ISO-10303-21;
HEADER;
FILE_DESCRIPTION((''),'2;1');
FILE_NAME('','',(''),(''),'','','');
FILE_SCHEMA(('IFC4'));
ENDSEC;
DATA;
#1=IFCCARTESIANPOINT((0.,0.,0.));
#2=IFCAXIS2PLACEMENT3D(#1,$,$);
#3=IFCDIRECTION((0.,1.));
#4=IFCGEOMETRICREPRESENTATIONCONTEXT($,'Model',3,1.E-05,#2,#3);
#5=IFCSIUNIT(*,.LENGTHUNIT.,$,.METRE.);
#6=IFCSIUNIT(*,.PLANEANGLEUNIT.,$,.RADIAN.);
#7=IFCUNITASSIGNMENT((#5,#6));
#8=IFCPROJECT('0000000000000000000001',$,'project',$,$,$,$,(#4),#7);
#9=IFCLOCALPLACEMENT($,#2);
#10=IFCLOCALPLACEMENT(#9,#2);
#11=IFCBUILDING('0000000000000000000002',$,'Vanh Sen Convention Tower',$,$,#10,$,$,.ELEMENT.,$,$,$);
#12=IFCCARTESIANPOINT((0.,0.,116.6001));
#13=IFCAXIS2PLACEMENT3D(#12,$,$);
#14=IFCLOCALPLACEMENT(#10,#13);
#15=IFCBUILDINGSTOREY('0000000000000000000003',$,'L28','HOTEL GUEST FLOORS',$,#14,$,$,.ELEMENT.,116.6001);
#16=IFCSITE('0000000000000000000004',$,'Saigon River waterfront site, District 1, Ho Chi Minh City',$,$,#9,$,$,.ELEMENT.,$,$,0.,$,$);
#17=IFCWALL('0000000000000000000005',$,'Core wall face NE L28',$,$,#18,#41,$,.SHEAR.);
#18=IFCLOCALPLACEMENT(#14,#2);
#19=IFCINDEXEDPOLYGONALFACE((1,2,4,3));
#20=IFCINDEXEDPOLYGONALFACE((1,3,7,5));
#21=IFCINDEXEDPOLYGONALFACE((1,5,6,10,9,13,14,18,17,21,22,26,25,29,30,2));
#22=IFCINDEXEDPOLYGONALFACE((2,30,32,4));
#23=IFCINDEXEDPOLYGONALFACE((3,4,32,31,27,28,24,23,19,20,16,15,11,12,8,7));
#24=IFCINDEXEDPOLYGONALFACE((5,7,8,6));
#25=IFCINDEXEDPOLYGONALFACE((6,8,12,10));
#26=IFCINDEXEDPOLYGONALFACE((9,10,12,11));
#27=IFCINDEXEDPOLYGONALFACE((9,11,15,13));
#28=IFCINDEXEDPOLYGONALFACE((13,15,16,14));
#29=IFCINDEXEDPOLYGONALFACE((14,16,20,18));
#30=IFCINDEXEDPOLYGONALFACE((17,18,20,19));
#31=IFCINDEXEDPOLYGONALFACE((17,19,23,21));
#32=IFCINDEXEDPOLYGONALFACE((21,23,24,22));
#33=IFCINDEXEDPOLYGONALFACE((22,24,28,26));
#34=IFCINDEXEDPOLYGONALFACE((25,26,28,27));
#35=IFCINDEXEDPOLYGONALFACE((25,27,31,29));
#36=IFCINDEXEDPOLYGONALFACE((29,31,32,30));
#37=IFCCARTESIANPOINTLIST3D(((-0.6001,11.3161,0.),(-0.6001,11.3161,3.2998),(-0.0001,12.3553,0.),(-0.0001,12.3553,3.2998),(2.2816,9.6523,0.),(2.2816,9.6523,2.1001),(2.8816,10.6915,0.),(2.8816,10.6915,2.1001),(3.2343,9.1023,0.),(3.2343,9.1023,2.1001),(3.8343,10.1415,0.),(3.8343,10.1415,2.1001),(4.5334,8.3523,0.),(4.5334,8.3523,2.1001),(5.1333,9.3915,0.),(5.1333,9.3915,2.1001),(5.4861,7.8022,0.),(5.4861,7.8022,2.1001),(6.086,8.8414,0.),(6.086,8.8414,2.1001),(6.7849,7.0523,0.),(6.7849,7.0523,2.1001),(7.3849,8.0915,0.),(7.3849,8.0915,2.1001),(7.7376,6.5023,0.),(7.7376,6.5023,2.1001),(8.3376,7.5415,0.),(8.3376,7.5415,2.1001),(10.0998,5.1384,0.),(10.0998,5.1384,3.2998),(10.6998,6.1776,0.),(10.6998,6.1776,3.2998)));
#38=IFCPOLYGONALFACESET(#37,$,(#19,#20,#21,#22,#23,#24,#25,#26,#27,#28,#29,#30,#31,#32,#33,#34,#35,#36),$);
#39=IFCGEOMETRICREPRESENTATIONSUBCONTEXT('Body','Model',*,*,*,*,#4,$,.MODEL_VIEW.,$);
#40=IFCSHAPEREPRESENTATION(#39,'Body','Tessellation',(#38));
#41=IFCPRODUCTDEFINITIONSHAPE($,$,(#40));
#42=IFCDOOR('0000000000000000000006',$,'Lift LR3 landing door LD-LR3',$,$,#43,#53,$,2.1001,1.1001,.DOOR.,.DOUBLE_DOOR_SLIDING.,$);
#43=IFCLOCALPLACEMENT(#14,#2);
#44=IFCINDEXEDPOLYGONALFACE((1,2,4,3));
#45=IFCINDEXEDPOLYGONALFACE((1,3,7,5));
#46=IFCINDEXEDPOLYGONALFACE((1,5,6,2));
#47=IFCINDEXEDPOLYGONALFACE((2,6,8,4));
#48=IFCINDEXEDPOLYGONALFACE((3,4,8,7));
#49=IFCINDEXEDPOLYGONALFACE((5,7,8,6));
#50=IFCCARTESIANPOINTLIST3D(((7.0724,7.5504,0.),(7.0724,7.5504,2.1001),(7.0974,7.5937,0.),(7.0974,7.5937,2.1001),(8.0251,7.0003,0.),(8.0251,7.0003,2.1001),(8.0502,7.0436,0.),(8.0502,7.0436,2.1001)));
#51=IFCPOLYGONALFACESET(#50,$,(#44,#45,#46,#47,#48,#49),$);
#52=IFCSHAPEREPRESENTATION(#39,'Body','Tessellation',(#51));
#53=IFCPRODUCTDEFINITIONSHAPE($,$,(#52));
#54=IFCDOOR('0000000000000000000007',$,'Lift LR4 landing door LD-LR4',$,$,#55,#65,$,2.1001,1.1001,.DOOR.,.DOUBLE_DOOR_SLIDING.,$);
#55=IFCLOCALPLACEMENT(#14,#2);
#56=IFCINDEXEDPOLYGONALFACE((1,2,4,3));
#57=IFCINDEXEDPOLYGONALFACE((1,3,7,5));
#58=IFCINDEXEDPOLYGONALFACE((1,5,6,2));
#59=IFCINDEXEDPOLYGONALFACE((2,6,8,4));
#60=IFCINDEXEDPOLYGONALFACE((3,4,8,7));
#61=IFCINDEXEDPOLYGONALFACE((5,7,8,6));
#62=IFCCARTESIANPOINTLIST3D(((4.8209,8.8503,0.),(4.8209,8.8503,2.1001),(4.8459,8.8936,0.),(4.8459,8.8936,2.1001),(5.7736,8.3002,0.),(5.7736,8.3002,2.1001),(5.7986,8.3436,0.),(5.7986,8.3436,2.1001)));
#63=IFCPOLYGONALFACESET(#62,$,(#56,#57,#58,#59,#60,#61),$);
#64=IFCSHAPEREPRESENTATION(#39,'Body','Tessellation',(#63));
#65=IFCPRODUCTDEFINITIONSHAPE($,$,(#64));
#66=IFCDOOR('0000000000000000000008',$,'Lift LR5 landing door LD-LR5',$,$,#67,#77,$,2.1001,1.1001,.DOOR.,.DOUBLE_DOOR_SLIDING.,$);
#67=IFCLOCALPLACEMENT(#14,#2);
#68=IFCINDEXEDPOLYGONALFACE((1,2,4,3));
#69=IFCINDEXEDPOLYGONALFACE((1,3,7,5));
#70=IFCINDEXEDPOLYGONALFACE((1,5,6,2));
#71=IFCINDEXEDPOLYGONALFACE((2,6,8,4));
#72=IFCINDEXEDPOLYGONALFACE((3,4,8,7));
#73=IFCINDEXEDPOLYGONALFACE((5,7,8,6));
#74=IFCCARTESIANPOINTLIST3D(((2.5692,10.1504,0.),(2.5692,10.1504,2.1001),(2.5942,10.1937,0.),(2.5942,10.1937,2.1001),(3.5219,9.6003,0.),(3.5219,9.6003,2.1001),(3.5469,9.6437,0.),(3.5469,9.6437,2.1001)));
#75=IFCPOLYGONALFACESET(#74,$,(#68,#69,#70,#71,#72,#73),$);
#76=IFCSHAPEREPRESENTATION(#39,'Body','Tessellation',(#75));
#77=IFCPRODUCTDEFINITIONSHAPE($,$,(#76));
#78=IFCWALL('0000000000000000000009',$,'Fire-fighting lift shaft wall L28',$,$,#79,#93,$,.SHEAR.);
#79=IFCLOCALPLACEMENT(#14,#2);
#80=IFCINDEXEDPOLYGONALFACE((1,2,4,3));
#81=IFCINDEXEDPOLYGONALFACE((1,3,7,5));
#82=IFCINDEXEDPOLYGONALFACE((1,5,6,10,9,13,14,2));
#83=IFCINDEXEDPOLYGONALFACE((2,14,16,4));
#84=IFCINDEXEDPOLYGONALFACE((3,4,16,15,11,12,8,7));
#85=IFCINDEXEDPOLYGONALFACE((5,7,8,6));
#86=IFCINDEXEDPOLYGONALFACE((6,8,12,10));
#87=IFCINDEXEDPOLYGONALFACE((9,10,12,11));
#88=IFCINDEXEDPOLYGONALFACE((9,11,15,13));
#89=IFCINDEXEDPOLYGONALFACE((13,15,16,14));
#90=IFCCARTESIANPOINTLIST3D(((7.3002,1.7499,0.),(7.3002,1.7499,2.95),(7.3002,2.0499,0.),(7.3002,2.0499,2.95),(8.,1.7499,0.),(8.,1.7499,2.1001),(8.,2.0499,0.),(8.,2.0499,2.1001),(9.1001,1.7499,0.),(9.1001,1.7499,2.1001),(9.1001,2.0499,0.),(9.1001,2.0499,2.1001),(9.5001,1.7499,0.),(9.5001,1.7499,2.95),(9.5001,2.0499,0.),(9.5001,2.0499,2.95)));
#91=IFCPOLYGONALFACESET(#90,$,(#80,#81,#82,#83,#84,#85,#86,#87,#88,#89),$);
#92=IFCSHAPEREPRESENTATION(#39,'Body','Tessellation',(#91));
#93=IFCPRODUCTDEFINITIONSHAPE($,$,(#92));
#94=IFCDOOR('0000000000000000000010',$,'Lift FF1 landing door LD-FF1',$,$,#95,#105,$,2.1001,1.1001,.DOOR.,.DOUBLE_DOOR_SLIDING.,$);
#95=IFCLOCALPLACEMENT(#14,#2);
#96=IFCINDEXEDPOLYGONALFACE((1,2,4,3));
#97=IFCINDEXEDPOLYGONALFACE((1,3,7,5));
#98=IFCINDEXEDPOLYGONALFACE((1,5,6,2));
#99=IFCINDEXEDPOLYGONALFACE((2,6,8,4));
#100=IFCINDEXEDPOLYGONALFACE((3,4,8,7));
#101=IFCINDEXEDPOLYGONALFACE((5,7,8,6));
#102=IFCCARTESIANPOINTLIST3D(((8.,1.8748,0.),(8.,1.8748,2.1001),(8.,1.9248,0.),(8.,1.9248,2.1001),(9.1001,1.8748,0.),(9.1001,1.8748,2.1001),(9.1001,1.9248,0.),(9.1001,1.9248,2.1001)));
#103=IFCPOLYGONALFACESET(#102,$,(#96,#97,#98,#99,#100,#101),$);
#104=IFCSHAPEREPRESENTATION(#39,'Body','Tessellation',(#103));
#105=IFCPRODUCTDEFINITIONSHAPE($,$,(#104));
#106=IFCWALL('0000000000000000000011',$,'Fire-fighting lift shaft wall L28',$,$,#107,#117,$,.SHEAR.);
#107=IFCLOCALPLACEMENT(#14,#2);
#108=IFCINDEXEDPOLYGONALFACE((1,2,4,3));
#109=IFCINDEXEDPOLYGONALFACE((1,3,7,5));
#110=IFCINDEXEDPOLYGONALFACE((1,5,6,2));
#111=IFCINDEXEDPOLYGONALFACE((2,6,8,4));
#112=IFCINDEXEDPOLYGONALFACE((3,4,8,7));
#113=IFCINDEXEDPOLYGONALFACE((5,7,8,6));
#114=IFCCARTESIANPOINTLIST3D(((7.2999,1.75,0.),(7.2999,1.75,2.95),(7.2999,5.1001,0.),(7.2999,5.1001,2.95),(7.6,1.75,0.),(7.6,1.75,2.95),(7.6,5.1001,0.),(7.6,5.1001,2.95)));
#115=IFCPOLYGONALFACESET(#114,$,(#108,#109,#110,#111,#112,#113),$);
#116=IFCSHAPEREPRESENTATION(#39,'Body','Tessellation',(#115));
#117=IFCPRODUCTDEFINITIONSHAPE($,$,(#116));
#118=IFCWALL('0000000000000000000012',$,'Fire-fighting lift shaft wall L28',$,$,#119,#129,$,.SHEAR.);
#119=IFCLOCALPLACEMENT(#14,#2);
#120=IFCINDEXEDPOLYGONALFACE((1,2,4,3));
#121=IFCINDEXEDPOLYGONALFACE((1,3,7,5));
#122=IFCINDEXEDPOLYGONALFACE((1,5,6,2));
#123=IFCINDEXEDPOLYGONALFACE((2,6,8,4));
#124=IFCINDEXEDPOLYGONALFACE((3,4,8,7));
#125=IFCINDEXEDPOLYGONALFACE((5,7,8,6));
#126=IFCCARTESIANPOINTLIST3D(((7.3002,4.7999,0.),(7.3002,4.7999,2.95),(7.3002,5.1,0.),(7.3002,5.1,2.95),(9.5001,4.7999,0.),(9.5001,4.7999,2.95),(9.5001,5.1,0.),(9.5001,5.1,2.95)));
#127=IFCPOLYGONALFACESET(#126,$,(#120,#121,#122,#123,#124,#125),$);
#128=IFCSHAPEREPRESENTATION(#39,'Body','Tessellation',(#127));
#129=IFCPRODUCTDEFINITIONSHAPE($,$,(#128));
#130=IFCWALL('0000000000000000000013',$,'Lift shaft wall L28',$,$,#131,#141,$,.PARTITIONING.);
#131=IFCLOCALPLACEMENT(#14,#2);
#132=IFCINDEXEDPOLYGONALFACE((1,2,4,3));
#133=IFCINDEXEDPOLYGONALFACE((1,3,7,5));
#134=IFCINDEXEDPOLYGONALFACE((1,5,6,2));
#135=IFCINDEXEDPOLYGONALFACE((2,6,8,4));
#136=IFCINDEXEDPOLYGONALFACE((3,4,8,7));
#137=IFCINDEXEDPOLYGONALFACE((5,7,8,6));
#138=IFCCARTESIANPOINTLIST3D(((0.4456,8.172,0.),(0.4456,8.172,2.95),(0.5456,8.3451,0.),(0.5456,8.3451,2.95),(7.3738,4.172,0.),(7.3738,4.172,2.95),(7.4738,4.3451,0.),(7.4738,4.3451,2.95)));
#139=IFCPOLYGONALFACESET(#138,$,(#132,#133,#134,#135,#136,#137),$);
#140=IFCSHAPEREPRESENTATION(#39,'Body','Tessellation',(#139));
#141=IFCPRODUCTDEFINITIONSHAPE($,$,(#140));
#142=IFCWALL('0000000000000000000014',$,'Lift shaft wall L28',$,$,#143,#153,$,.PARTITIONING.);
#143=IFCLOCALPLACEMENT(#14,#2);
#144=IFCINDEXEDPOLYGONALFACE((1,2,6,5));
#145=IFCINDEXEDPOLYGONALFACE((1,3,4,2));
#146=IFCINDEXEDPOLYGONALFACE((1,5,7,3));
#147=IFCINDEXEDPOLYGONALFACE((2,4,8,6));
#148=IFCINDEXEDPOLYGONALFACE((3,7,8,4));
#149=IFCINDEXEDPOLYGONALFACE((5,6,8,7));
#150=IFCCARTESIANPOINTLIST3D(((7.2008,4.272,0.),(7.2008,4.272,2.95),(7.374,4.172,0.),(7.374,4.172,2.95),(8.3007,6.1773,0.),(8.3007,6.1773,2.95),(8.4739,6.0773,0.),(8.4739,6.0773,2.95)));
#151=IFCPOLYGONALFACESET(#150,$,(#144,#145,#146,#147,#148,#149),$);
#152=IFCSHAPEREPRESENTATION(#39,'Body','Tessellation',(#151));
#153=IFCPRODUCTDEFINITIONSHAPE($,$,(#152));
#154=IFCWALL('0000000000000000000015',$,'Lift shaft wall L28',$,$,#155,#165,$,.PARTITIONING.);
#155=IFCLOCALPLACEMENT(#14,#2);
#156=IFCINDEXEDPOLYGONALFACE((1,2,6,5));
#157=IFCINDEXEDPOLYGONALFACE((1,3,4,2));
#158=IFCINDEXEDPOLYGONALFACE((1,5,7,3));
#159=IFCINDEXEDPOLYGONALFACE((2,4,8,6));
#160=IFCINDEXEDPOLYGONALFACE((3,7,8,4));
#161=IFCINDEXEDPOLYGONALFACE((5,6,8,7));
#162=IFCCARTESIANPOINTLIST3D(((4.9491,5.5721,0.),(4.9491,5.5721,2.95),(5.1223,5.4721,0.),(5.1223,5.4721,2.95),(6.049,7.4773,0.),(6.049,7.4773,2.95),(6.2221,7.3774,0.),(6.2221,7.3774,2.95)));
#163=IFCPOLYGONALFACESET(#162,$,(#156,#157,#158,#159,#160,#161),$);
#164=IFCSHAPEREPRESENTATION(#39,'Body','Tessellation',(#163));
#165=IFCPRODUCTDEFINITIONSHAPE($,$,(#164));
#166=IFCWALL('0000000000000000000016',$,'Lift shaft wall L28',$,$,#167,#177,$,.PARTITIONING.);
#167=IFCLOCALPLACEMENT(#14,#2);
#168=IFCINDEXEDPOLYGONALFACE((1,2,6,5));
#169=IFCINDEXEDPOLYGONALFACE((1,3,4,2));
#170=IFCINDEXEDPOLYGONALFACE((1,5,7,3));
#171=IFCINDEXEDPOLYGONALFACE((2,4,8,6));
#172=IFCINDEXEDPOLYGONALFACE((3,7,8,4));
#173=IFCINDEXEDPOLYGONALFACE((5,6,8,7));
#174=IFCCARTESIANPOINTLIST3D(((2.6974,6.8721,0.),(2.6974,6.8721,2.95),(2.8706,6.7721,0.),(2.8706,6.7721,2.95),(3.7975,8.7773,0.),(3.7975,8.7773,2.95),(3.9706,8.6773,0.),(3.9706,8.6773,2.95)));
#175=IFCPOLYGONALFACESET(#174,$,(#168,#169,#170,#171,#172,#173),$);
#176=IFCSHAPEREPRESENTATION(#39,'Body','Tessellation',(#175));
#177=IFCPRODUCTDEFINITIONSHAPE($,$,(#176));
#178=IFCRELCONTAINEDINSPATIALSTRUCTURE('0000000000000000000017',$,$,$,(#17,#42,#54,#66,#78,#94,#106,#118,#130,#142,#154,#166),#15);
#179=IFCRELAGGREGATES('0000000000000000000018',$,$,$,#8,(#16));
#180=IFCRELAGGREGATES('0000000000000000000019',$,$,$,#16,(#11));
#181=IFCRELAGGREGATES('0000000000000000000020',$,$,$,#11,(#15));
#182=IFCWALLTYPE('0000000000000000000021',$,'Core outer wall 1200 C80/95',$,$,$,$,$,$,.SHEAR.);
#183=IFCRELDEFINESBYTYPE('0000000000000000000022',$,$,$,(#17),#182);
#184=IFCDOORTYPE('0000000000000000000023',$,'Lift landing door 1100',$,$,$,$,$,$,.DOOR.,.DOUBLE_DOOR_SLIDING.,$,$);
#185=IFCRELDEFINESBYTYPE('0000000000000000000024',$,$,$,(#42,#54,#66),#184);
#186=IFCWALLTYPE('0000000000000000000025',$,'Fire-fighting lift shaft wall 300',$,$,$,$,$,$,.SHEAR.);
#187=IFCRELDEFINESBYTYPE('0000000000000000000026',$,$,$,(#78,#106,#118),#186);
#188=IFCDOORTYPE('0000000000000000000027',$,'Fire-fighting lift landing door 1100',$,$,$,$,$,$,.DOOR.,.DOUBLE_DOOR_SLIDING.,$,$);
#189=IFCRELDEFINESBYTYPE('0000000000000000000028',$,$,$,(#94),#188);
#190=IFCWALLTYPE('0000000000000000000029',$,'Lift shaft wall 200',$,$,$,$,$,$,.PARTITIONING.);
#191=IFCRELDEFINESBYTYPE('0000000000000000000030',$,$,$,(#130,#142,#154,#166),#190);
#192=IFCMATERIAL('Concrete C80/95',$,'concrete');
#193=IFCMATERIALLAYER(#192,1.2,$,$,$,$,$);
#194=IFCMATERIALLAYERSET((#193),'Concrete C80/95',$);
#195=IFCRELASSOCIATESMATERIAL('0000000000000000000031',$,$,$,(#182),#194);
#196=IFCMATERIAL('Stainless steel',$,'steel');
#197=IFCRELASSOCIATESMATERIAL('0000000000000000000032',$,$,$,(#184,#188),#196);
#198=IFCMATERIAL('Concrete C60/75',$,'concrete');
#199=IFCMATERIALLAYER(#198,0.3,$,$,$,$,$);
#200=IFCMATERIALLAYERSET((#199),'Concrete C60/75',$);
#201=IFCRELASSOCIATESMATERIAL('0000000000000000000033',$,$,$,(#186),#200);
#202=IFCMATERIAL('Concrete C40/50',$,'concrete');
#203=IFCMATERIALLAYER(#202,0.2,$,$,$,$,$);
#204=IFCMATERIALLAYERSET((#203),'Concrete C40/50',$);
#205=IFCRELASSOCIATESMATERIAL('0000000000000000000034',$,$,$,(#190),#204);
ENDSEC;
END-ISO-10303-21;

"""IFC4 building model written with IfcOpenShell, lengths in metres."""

from ifc_helpers import new_model, si_unit, direction, frame, frame_2d, origin, place, context, subcontext, project, spatial, rectangle, extrude, material, layer, layer_set, type_object, element, fill, save


model = new_model("IFC4")

# Units and contexts
model_context = context("Model", 3, precision=1e-05, world=origin(), true_north=direction((0.0, 1.0)))
body_context = subcontext(model_context, "Body", "Model", "MODEL_VIEW")
ifc_project = project(units=[si_unit("LENGTHUNIT", "METRE"), si_unit("PLANEANGLEUNIT", "RADIAN")], contexts=[model_context])

# Site, building, storey
site_placement = place(None, origin())
site = spatial("IfcSite", under=ifc_project, at=site_placement, Name="Saigon River waterfront site, District 1, Ho Chi Minh City", CompositionType="ELEMENT", RefElevation=0.0)
building_placement = place(site_placement, origin())
building = spatial("IfcBuilding", under=site, at=building_placement, Name="Vanh Sen Convention Tower", CompositionType="ELEMENT")
storey_placement = place(building_placement, frame((0.0, 0.0, 116.6001)))
storey = spatial("IfcBuildingStorey", under=building, at=storey_placement, Name="L28", Description="HOTEL GUEST FLOORS", CompositionType="ELEMENT", Elevation=116.6001)

# Wall, openings, doors
ifc_material_1 = material(Name="Concrete C80/95", Category="concrete")
ifc_layer_1 = layer(ifc_material_1, 1.2)
ifc_layer_set_1 = layer_set([ifc_layer_1], Name="Concrete C80/95")
wall_type_1 = type_object("IfcWallType", Name="Core outer wall 1200 C80/95", PredefinedType="SHEAR", material=ifc_layer_set_1)
wall_1_placement = place(storey_placement, frame((10.3999, 5.658, 0.0), z_axis=(0.0, 0.0, 1.0), x_axis=(-0.866021, 0.500007, 0.0)))
wall_1 = element("IfcWall", 1, at=wall_1_placement, inside=storey, type_object=wall_type_1, Name="Core wall face NE L28", PredefinedType="SHEAR", context=body_context, shape_type="SweptSolid", body=[
    extrude(rectangle(XDim=12.3552, YDim=1.2, at=frame_2d((6.1777, 0.0))), origin(), (0.0, 0.0, 1.0), 3.2998),
])
opening_1_placement = place(wall_1_placement, frame((2.7278, 0.0, 0.0)))
opening_1 = element("IfcOpeningElement", 2, at=opening_1_placement, cuts=wall_1, PredefinedType="OPENING", context=body_context, shape_type="SweptSolid", body=[
    extrude(rectangle(XDim=1.1001, YDim=2.1001, at=frame_2d((0.55, 1.05))), frame((0.0, 0.6099, 0.0), z_axis=(0.0, -1.0, 0.0), x_axis=(1.0, 0.0, 0.0)), (0.0, 0.0, 1.0), 1.22),
])
opening_2_placement = place(wall_1_placement, frame((5.3276, 0.0, 0.0)))
opening_2 = element("IfcOpeningElement", 3, at=opening_2_placement, cuts=wall_1, PredefinedType="OPENING", context=body_context, shape_type="SweptSolid", body=[
    extrude(rectangle(XDim=1.1001, YDim=2.1001, at=frame_2d((0.55, 1.05))), frame((0.0, 0.6099, 0.0), z_axis=(0.0, -1.0, 0.0), x_axis=(1.0, 0.0, 0.0)), (0.0, 0.0, 1.0), 1.22),
])
opening_3_placement = place(wall_1_placement, frame((7.9277, 0.0, 0.0)))
opening_3 = element("IfcOpeningElement", 4, at=opening_3_placement, cuts=wall_1, PredefinedType="OPENING", context=body_context, shape_type="SweptSolid", body=[
    extrude(rectangle(XDim=1.1001, YDim=2.1001, at=frame_2d((0.55, 1.05))), frame((0.0, 0.6099, 0.0), z_axis=(0.0, -1.0, 0.0), x_axis=(1.0, 0.0, 0.0)), (0.0, 0.0, 1.0), 1.22),
])
ifc_material_2 = material(Name="Stainless steel", Category="steel")
door_type_1 = type_object("IfcDoorType", Name="Lift landing door 1100", OperationType="DOUBLE_DOOR_SLIDING", PredefinedType="DOOR", material=ifc_material_2)
door_1_placement = place(opening_1_placement, origin())
door_1 = element("IfcDoor", 5, at=door_1_placement, inside=storey, type_object=door_type_1, Name="Lift LR3 landing door LD-LR3", OperationType="DOUBLE_DOOR_SLIDING", OverallHeight=2.1001, OverallWidth=1.1001, PredefinedType="DOOR", context=body_context, shape_type="SweptSolid", body=[
    extrude(rectangle(XDim=1.1001, YDim=2.1001, at=frame_2d((0.55, 1.05))), frame((0.0, 0.0249, 0.0), z_axis=(0.0, -1.0, 0.0), x_axis=(1.0, 0.0, 0.0)), (0.0, 0.0, 1.0), 0.05),
])
fill(opening_1, door_1)
door_2_placement = place(opening_2_placement, origin())
door_2 = element("IfcDoor", 6, at=door_2_placement, inside=storey, type_object=door_type_1, Name="Lift LR4 landing door LD-LR4", OperationType="DOUBLE_DOOR_SLIDING", OverallHeight=2.1001, OverallWidth=1.1001, PredefinedType="DOOR", context=body_context, shape_type="SweptSolid", body=[
    extrude(rectangle(XDim=1.1001, YDim=2.1001, at=frame_2d((0.55, 1.05))), frame((0.0, 0.0249, 0.0), z_axis=(0.0, -1.0, 0.0), x_axis=(1.0, 0.0, 0.0)), (0.0, 0.0, 1.0), 0.05),
])
fill(opening_2, door_2)
door_3_placement = place(opening_3_placement, origin())
door_3 = element("IfcDoor", 7, at=door_3_placement, inside=storey, type_object=door_type_1, Name="Lift LR5 landing door LD-LR5", OperationType="DOUBLE_DOOR_SLIDING", OverallHeight=2.1001, OverallWidth=1.1001, PredefinedType="DOOR", context=body_context, shape_type="SweptSolid", body=[
    extrude(rectangle(XDim=1.1001, YDim=2.1001, at=frame_2d((0.55, 1.05))), frame((0.0, 0.0249, 0.0), z_axis=(0.0, -1.0, 0.0), x_axis=(1.0, 0.0, 0.0)), (0.0, 0.0, 1.0), 0.05),
])
fill(opening_3, door_3)

# Wall, opening, door
ifc_material_3 = material(Name="Concrete C60/75", Category="concrete")
ifc_layer_2 = layer(ifc_material_3, 0.3)
ifc_layer_set_2 = layer_set([ifc_layer_2], Name="Concrete C60/75")
wall_type_2 = type_object("IfcWallType", Name="Fire-fighting lift shaft wall 300", PredefinedType="SHEAR", material=ifc_layer_set_2)
wall_2_placement = place(storey_placement, frame((7.3, 1.8999, 0.0), z_axis=(0.0, 0.0, 1.0), x_axis=(1.0, 0.0, 0.0)))
wall_2 = element("IfcWall", 8, at=wall_2_placement, inside=storey, type_object=wall_type_2, Name="Fire-fighting lift shaft wall L28", PredefinedType="SHEAR", context=body_context, shape_type="SweptSolid", body=[
    extrude(rectangle(XDim=2.2, YDim=0.3, at=frame_2d((1.1001, 0.0))), origin(), (0.0, 0.0, 1.0), 2.95),
])
opening_4_placement = place(wall_2_placement, frame((0.7, 0.0, 0.0)))
opening_4 = element("IfcOpeningElement", 9, at=opening_4_placement, cuts=wall_2, PredefinedType="OPENING", context=body_context, shape_type="SweptSolid", body=[
    extrude(rectangle(XDim=1.1001, YDim=2.1001, at=frame_2d((0.55, 1.05))), frame((0.0, 0.1599, 0.0), z_axis=(0.0, -1.0, 0.0), x_axis=(1.0, 0.0, 0.0)), (0.0, 0.0, 1.0), 0.3201),
])
door_type_2 = type_object("IfcDoorType", Name="Fire-fighting lift landing door 1100", OperationType="DOUBLE_DOOR_SLIDING", PredefinedType="DOOR", material=ifc_material_2)
door_4_placement = place(opening_4_placement, origin())
door_4 = element("IfcDoor", 10, at=door_4_placement, inside=storey, type_object=door_type_2, Name="Lift FF1 landing door LD-FF1", OperationType="DOUBLE_DOOR_SLIDING", OverallHeight=2.1001, OverallWidth=1.1001, PredefinedType="DOOR", context=body_context, shape_type="SweptSolid", body=[
    extrude(rectangle(XDim=1.1001, YDim=2.1001, at=frame_2d((0.55, 1.05))), frame((0.0, 0.0249, 0.0), z_axis=(0.0, -1.0, 0.0), x_axis=(1.0, 0.0, 0.0)), (0.0, 0.0, 1.0), 0.05),
])
fill(opening_4, door_4)

# Walls
wall_3_placement = place(storey_placement, frame((7.45, 1.75, 0.0), z_axis=(0.0, 0.0, 1.0), x_axis=(0.0, 1.0, 0.0)))
element("IfcWall", 11, at=wall_3_placement, inside=storey, type_object=wall_type_2, Name="Fire-fighting lift shaft wall L28", PredefinedType="SHEAR", context=body_context, shape_type="SweptSolid", body=[
    extrude(rectangle(XDim=3.3501, YDim=0.3, at=frame_2d((1.675, 0.0))), origin(), (0.0, 0.0, 1.0), 2.95),
])
wall_4_placement = place(storey_placement, frame((7.3, 4.95, 0.0), z_axis=(0.0, 0.0, 1.0), x_axis=(1.0, 0.0, 0.0)))
element("IfcWall", 12, at=wall_4_placement, inside=storey, type_object=wall_type_2, Name="Fire-fighting lift shaft wall L28", PredefinedType="SHEAR", context=body_context, shape_type="SweptSolid", body=[
    extrude(rectangle(XDim=2.2, YDim=0.3, at=frame_2d((1.1001, 0.0))), origin(), (0.0, 0.0, 1.0), 2.95),
])
ifc_material_4 = material(Name="Concrete C40/50", Category="concrete")
ifc_layer_3 = layer(ifc_material_4, 0.2)
ifc_layer_set_3 = layer_set([ifc_layer_3], Name="Concrete C40/50")
wall_type_3 = type_object("IfcWallType", Name="Lift shaft wall 200", PredefinedType="PARTITIONING", material=ifc_layer_set_3)
wall_5_placement = place(storey_placement, frame((7.4238, 4.2585, 0.0), z_axis=(0.0, 0.0, 1.0), x_axis=(-0.866026, 0.499999, 0.0)))
element("IfcWall", 13, at=wall_5_placement, inside=storey, type_object=wall_type_3, Name="Lift shaft wall L28", PredefinedType="PARTITIONING", context=body_context, shape_type="SweptSolid", body=[
    extrude(rectangle(XDim=8.0, YDim=0.2, at=frame_2d((4.0, 0.0))), origin(), (0.0, 0.0, 1.0), 2.95),
])
for number, where, z_axis, x_axis, name in (
    (14, (7.2874, 4.2219, 0.0), (0.0, 0.0, 1.0), (0.499947, 0.866056, 0.0), "Lift shaft wall L28"),
    (15, (5.0356, 5.522, 0.0), (0.0, 0.0, 1.0), (0.499947, 0.866056, 0.0), "Lift shaft wall L28"),
    (16, (2.7839, 6.822, 0.0), (0.0, 0.0, 1.0), (0.50003, 0.866008, 0.0), "Lift shaft wall L28"),
):
    element("IfcWall", number, at=place(storey_placement, frame(where, z_axis=z_axis, x_axis=x_axis)), inside=storey, type_object=wall_type_3, Name=name, PredefinedType="PARTITIONING", context=body_context, shape_type="SweptSolid", body=[
        extrude(rectangle(XDim=2.2, YDim=0.2, at=frame_2d((1.1001, 0.0))), origin(), (0.0, 0.0, 1.0), 2.95),
    ])

save(model, "model.ifc")
